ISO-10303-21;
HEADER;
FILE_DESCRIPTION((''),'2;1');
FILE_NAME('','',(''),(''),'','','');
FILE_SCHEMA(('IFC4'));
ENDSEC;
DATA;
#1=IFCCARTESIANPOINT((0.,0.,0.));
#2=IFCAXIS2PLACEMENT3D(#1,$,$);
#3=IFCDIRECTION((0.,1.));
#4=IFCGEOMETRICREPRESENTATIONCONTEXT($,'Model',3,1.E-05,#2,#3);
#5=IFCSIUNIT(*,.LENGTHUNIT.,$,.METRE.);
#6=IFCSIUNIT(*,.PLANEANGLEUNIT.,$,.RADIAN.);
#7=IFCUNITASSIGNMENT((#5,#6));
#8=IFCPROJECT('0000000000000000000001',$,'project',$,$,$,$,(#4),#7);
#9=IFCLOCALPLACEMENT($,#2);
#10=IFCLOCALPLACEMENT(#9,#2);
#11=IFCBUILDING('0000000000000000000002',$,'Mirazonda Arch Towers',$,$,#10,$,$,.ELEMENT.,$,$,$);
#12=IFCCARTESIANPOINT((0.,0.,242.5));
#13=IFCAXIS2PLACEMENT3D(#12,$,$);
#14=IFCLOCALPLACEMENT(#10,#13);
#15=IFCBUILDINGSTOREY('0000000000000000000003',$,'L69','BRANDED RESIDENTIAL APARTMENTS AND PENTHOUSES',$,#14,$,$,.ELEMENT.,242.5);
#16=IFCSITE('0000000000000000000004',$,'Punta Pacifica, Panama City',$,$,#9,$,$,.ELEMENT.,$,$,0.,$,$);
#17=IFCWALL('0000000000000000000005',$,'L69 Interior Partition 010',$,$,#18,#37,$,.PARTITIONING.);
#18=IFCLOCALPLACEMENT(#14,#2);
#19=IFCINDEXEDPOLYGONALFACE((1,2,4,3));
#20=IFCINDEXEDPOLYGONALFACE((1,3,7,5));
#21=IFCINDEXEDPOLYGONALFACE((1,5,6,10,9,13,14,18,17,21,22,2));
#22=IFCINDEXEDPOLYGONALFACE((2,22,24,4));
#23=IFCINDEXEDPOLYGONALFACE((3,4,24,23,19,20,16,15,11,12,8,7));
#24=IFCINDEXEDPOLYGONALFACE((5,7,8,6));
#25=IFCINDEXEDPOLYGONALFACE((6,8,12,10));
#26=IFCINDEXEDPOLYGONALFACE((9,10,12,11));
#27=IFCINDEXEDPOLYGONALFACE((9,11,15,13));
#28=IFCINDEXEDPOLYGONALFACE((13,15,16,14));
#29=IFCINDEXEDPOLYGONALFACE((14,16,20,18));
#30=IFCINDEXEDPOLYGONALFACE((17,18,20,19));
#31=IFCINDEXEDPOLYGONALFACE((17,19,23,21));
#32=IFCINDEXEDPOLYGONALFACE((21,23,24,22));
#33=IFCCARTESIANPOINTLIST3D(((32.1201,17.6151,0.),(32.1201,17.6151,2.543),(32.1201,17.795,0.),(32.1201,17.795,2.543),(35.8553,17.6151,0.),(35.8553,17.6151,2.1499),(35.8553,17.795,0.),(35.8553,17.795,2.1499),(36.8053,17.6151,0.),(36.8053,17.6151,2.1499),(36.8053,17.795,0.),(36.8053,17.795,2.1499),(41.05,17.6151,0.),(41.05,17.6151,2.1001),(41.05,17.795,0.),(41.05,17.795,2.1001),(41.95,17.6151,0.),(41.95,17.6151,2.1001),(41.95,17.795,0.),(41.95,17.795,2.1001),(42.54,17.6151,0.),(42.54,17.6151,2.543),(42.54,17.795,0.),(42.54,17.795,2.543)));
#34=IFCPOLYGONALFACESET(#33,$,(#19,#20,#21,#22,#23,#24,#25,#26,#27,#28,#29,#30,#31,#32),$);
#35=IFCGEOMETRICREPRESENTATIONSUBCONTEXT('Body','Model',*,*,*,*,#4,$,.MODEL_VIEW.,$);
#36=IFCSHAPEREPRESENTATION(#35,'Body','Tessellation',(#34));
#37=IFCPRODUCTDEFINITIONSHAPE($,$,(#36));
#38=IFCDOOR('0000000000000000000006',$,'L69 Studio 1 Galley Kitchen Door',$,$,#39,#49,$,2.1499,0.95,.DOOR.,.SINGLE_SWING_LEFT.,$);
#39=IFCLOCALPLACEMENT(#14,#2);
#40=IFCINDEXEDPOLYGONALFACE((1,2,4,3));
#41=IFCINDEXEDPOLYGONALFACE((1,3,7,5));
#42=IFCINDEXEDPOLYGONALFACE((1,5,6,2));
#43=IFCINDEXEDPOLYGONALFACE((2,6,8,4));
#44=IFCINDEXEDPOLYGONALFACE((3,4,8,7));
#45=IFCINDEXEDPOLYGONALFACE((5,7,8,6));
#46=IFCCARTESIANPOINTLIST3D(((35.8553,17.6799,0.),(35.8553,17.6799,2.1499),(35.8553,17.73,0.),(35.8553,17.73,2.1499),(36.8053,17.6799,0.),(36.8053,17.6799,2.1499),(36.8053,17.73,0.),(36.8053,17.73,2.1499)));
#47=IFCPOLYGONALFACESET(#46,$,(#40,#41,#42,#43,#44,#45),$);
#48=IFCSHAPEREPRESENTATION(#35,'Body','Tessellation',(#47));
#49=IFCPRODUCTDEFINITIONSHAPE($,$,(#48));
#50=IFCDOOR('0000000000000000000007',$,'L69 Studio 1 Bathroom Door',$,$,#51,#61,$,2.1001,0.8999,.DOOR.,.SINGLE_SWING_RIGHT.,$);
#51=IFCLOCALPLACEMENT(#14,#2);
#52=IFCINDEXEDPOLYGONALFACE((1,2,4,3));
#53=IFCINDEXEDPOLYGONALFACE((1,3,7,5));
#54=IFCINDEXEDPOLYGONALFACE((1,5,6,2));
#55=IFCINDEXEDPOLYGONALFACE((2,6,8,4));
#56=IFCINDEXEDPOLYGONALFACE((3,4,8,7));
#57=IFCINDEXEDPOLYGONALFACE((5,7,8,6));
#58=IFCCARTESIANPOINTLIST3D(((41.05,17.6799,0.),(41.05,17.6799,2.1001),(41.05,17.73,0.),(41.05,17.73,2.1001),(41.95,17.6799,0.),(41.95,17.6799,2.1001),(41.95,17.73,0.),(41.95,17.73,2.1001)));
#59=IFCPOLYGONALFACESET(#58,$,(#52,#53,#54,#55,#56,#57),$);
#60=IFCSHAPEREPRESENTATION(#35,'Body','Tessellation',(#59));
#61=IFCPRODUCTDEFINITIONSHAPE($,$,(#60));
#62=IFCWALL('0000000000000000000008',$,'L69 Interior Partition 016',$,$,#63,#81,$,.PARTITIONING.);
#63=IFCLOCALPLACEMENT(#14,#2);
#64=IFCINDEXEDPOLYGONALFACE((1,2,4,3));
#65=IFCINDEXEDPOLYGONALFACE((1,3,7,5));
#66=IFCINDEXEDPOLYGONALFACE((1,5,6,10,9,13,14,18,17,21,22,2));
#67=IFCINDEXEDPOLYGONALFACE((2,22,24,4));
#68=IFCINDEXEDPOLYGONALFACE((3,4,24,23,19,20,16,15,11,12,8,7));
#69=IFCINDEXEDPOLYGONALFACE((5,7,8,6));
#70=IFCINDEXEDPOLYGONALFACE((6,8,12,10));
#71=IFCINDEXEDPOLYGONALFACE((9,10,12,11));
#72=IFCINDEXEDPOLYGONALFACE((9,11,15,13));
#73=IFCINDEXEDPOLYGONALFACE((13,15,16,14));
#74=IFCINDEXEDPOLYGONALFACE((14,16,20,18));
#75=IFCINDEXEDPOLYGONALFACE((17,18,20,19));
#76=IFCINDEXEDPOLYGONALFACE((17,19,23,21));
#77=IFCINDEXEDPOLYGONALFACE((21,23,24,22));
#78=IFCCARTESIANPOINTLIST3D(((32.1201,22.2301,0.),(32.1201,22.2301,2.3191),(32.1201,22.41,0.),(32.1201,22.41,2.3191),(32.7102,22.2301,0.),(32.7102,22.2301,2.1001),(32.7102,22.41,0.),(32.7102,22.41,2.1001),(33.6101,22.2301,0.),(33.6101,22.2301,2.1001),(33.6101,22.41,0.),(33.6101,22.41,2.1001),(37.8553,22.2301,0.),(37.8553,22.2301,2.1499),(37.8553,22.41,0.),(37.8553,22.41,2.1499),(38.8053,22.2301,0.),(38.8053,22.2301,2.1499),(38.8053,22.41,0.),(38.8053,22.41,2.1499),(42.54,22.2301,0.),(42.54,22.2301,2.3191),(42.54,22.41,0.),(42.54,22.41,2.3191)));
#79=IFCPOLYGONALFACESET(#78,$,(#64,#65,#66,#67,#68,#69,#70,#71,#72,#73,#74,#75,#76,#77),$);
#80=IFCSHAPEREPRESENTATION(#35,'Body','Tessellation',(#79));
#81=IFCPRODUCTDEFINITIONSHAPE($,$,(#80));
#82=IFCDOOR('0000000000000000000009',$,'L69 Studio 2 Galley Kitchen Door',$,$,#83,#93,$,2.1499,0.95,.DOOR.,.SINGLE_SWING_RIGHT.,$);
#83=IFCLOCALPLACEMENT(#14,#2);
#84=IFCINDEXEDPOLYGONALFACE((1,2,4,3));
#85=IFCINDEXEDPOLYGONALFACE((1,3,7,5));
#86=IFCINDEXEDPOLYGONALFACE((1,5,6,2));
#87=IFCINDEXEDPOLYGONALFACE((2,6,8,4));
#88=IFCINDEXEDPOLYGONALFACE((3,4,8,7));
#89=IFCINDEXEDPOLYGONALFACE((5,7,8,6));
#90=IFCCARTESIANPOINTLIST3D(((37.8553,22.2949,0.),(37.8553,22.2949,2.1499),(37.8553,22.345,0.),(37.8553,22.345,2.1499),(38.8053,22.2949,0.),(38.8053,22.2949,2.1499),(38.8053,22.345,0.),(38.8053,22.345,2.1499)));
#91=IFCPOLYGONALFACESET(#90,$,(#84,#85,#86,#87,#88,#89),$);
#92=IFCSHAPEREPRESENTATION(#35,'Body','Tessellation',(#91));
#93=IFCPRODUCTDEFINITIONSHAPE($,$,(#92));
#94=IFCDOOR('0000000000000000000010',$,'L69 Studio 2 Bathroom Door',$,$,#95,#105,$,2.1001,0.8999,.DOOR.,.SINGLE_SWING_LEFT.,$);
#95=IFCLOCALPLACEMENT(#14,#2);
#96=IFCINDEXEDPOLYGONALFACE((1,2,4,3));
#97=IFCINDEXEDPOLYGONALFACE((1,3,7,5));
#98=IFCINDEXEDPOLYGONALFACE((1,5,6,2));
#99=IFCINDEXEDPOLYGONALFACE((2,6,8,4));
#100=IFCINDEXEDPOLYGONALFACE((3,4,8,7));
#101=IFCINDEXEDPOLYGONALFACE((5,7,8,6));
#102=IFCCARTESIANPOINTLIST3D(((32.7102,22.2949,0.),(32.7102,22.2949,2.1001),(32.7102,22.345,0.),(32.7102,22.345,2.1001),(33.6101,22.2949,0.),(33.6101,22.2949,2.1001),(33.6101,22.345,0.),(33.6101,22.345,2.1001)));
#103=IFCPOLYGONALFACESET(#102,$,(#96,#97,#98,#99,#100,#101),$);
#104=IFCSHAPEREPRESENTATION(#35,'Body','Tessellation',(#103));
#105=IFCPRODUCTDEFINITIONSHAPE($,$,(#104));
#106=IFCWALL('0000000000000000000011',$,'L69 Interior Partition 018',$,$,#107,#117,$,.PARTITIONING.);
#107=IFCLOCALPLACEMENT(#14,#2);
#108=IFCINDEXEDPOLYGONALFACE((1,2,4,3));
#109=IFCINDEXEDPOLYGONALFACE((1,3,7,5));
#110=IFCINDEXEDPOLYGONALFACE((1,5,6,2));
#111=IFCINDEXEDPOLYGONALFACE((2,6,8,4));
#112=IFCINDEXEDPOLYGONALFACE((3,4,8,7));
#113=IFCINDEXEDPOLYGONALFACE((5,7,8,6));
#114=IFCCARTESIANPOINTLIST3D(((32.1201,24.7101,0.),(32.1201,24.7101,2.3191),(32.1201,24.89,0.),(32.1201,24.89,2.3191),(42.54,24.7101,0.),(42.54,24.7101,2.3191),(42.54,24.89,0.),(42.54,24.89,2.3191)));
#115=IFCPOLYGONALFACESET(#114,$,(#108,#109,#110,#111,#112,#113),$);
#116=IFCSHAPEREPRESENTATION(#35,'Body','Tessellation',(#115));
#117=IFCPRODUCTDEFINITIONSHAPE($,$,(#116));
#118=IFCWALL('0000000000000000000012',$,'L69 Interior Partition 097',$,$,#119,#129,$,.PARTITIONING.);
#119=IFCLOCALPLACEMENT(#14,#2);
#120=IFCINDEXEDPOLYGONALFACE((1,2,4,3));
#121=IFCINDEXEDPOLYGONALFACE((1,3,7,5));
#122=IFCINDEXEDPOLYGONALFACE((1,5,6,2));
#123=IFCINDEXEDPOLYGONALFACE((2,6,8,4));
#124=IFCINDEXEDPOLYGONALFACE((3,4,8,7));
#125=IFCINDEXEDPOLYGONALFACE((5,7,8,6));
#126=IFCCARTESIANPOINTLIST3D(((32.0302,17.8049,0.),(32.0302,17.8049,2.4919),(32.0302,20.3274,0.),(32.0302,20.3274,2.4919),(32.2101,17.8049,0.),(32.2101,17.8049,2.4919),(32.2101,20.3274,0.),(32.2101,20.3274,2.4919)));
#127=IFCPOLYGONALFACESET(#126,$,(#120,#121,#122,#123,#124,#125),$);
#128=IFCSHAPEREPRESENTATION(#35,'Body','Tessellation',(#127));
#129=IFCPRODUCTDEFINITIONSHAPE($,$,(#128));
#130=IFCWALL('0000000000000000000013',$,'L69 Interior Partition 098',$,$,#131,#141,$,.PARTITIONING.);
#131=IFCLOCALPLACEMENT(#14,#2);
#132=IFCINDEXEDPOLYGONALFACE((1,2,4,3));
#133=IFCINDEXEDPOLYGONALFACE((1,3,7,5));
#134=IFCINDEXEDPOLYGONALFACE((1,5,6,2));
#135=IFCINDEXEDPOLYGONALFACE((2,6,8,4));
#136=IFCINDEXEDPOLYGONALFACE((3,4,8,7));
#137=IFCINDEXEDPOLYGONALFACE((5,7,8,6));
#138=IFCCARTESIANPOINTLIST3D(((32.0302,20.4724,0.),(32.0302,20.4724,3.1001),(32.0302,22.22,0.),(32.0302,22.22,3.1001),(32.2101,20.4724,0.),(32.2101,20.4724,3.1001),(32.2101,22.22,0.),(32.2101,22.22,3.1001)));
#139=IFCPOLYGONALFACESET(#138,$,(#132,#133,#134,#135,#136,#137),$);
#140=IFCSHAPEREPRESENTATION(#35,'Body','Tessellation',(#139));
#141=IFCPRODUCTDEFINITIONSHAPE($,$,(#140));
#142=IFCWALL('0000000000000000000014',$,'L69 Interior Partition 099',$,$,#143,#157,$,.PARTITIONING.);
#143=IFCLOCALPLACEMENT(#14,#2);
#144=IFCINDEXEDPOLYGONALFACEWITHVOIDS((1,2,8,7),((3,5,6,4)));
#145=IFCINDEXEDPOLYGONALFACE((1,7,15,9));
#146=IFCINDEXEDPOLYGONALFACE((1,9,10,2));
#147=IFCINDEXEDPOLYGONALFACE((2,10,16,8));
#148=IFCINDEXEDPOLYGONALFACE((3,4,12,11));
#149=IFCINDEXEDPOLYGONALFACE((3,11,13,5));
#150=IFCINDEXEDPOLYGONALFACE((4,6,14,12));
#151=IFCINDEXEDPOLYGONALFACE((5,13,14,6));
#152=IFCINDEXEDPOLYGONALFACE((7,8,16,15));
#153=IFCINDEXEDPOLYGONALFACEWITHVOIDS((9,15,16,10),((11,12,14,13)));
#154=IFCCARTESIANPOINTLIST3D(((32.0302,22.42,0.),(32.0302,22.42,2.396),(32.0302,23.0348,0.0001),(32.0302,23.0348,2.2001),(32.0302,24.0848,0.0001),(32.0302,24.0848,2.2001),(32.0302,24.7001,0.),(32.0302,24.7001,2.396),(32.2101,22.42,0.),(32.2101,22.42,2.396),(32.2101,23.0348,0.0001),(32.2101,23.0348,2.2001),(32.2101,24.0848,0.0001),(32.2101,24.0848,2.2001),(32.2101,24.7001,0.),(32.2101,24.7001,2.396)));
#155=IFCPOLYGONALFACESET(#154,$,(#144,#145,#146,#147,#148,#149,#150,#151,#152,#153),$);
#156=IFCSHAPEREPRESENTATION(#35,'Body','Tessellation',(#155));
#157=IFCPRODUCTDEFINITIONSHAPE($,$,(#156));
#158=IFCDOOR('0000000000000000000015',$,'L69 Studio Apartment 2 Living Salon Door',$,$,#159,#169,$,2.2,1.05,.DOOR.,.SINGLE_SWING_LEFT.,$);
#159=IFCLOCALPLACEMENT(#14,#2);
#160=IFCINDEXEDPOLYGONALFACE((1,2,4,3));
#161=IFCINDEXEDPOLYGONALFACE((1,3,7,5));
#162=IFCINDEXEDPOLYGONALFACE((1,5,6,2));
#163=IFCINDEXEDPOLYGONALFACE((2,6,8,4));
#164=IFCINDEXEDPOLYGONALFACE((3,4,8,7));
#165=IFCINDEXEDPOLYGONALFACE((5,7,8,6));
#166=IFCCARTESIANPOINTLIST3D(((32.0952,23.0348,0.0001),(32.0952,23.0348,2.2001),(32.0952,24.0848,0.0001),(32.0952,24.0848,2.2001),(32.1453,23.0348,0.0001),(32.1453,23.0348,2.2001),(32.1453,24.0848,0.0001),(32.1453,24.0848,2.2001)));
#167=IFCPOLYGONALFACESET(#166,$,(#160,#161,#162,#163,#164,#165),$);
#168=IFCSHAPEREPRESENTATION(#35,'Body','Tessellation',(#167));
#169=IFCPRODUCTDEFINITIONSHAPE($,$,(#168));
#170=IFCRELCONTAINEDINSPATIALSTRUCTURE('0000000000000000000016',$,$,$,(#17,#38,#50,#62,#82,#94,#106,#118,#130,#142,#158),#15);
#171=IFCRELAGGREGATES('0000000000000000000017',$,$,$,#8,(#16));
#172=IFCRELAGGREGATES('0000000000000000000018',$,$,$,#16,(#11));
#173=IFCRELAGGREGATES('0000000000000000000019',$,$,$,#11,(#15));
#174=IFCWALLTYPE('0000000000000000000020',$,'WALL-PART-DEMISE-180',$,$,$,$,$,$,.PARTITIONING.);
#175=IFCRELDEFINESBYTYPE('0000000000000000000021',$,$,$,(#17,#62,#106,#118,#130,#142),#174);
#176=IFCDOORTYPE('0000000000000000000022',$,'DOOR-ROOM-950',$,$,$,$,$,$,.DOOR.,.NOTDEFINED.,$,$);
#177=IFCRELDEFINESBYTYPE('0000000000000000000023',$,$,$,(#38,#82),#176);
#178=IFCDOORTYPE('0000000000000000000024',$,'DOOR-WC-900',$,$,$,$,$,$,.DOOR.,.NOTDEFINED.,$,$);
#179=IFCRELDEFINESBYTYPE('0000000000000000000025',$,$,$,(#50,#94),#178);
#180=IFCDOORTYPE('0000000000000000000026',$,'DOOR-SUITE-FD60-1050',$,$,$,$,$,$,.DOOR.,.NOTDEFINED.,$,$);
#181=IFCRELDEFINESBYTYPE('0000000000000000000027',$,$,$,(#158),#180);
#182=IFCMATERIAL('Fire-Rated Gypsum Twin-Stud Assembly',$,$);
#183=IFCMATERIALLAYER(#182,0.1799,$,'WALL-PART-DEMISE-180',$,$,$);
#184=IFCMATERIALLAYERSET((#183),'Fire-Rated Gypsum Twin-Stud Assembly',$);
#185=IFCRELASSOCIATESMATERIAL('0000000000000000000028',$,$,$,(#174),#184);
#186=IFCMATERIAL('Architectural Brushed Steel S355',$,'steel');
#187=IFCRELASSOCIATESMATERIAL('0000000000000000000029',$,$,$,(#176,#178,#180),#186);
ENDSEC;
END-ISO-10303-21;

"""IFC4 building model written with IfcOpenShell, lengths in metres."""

from ifc_helpers import new_model, si_unit, direction, frame, frame_2d, origin, place, context, subcontext, project, spatial, rectangle, extrude, material, layer, layer_set, type_object, element, fill, save


model = new_model("IFC4")

# Units and contexts
model_context = context("Model", 3, precision=1e-05, world=origin(), true_north=direction((0.0, 1.0)))
body_context = subcontext(model_context, "Body", "Model", "MODEL_VIEW")
ifc_project = project(units=[si_unit("LENGTHUNIT", "METRE"), si_unit("PLANEANGLEUNIT", "RADIAN")], contexts=[model_context])

# Site, building, storey
site_placement = place(None, origin())
site = spatial("IfcSite", under=ifc_project, at=site_placement, Name="Punta Pacifica, Panama City", CompositionType="ELEMENT", RefElevation=0.0)
building_placement = place(site_placement, origin())
building = spatial("IfcBuilding", under=site, at=building_placement, Name="Mirazonda Arch Towers", CompositionType="ELEMENT")
storey_placement = place(building_placement, frame((0.0, 0.0, 242.5)))
storey = spatial("IfcBuildingStorey", under=building, at=storey_placement, Name="L69", Description="BRANDED RESIDENTIAL APARTMENTS AND PENTHOUSES", CompositionType="ELEMENT", Elevation=242.5)

# Walls, openings, doors
ifc_material_1 = material(Name="Fire-Rated Gypsum Twin-Stud Assembly")
ifc_layer_1 = layer(ifc_material_1, 0.1799, Name="WALL-PART-DEMISE-180")
ifc_layer_set_1 = layer_set([ifc_layer_1], Name="Fire-Rated Gypsum Twin-Stud Assembly")
wall_type_1 = type_object("IfcWallType", Name="WALL-PART-DEMISE-180", PredefinedType="PARTITIONING", material=ifc_layer_set_1)
wall_1_placement = place(storey_placement, frame((32.1201, 17.7051, 0.0), z_axis=(0.0, 0.0, 1.0), x_axis=(1.0, 0.0, 0.0)))
wall_1 = element("IfcWall", 1, at=wall_1_placement, inside=storey, type_object=wall_type_1, Name="L69 Interior Partition 010", PredefinedType="PARTITIONING", context=body_context, shape_type="SweptSolid", body=[
    extrude(rectangle(XDim=10.4199, YDim=0.1799, at=frame_2d((5.21, 0.0))), origin(), (0.0, 0.0, 1.0), 2.543),
])
opening_1_placement = place(wall_1_placement, frame((3.7351, 0.0, 0.0)))
opening_1 = element("IfcOpeningElement", 2, at=opening_1_placement, cuts=wall_1, PredefinedType="OPENING", context=body_context, shape_type="SweptSolid", body=[
    extrude(rectangle(XDim=0.95, YDim=2.1499, at=frame_2d((0.4751, 1.075))), frame((0.0, 0.0999, 0.0), z_axis=(0.0, -1.0, 0.0), x_axis=(1.0, 0.0, 0.0)), (0.0, 0.0, 1.0), 0.2),
])
opening_2_placement = place(wall_1_placement, frame((8.9299, 0.0, 0.0)))
opening_2 = element("IfcOpeningElement", 3, at=opening_2_placement, cuts=wall_1, PredefinedType="OPENING", context=body_context, shape_type="SweptSolid", body=[
    extrude(rectangle(XDim=0.8999, YDim=2.1001, at=frame_2d((0.45, 1.05))), frame((0.0, 0.0999, 0.0), z_axis=(0.0, -1.0, 0.0), x_axis=(1.0, 0.0, 0.0)), (0.0, 0.0, 1.0), 0.2),
])
ifc_material_2 = material(Name="Architectural Brushed Steel S355", Category="steel")
door_type_1 = type_object("IfcDoorType", Name="DOOR-ROOM-950", OperationType="NOTDEFINED", PredefinedType="DOOR", material=ifc_material_2)
door_1_placement = place(opening_1_placement, origin())
door_1 = element("IfcDoor", 4, at=door_1_placement, inside=storey, type_object=door_type_1, Name="L69 Studio 1 Galley Kitchen Door", OperationType="SINGLE_SWING_LEFT", OverallHeight=2.1499, OverallWidth=0.95, PredefinedType="DOOR", context=body_context, shape_type="SweptSolid", body=[
    extrude(rectangle(XDim=0.95, YDim=2.1499, at=frame_2d((0.4751, 1.075))), frame((0.0, 0.0249, 0.0), z_axis=(0.0, -1.0, 0.0), x_axis=(1.0, 0.0, 0.0)), (0.0, 0.0, 1.0), 0.05),
])
fill(opening_1, door_1)
door_type_2 = type_object("IfcDoorType", Name="DOOR-WC-900", OperationType="NOTDEFINED", PredefinedType="DOOR", material=ifc_material_2)
door_2_placement = place(opening_2_placement, origin())
door_2 = element("IfcDoor", 5, at=door_2_placement, inside=storey, type_object=door_type_2, Name="L69 Studio 1 Bathroom Door", OperationType="SINGLE_SWING_RIGHT", OverallHeight=2.1001, OverallWidth=0.8999, PredefinedType="DOOR", context=body_context, shape_type="SweptSolid", body=[
    extrude(rectangle(XDim=0.8999, YDim=2.1001, at=frame_2d((0.45, 1.05))), frame((0.0, 0.0249, 0.0), z_axis=(0.0, -1.0, 0.0), x_axis=(1.0, 0.0, 0.0)), (0.0, 0.0, 1.0), 0.05),
])
fill(opening_2, door_2)
wall_2_placement = place(storey_placement, frame((32.1201, 22.3201, 0.0), z_axis=(0.0, 0.0, 1.0), x_axis=(1.0, 0.0, 0.0)))
wall_2 = element("IfcWall", 6, at=wall_2_placement, inside=storey, type_object=wall_type_1, Name="L69 Interior Partition 016", PredefinedType="PARTITIONING", context=body_context, shape_type="SweptSolid", body=[
    extrude(rectangle(XDim=10.4199, YDim=0.1799, at=frame_2d((5.21, 0.0))), origin(), (0.0, 0.0, 1.0), 2.3191),
])
opening_3_placement = place(wall_2_placement, frame((5.7351, 0.0, 0.0)))
opening_3 = element("IfcOpeningElement", 7, at=opening_3_placement, cuts=wall_2, PredefinedType="OPENING", context=body_context, shape_type="SweptSolid", body=[
    extrude(rectangle(XDim=0.95, YDim=2.1499, at=frame_2d((0.4751, 1.075))), frame((0.0, 0.0999, 0.0), z_axis=(0.0, -1.0, 0.0), x_axis=(1.0, 0.0, 0.0)), (0.0, 0.0, 1.0), 0.2),
])
opening_4_placement = place(wall_2_placement, frame((0.5901, 0.0, 0.0)))
opening_4 = element("IfcOpeningElement", 8, at=opening_4_placement, cuts=wall_2, PredefinedType="OPENING", context=body_context, shape_type="SweptSolid", body=[
    extrude(rectangle(XDim=0.8999, YDim=2.1001, at=frame_2d((0.45, 1.05))), frame((0.0, 0.0999, 0.0), z_axis=(0.0, -1.0, 0.0), x_axis=(1.0, 0.0, 0.0)), (0.0, 0.0, 1.0), 0.2),
])
door_3_placement = place(opening_3_placement, origin())
door_3 = element("IfcDoor", 9, at=door_3_placement, inside=storey, type_object=door_type_1, Name="L69 Studio 2 Galley Kitchen Door", OperationType="SINGLE_SWING_RIGHT", OverallHeight=2.1499, OverallWidth=0.95, PredefinedType="DOOR", context=body_context, shape_type="SweptSolid", body=[
    extrude(rectangle(XDim=0.95, YDim=2.1499, at=frame_2d((0.4751, 1.075))), frame((0.0, 0.0249, 0.0), z_axis=(0.0, -1.0, 0.0), x_axis=(1.0, 0.0, 0.0)), (0.0, 0.0, 1.0), 0.05),
])
fill(opening_3, door_3)
door_4_placement = place(opening_4_placement, origin())
door_4 = element("IfcDoor", 10, at=door_4_placement, inside=storey, type_object=door_type_2, Name="L69 Studio 2 Bathroom Door", OperationType="SINGLE_SWING_LEFT", OverallHeight=2.1001, OverallWidth=0.8999, PredefinedType="DOOR", context=body_context, shape_type="SweptSolid", body=[
    extrude(rectangle(XDim=0.8999, YDim=2.1001, at=frame_2d((0.45, 1.05))), frame((0.0, 0.0249, 0.0), z_axis=(0.0, -1.0, 0.0), x_axis=(1.0, 0.0, 0.0)), (0.0, 0.0, 1.0), 0.05),
])
fill(opening_4, door_4)

# Walls
wall_3_placement = place(storey_placement, frame((32.1201, 24.8, 0.0), z_axis=(0.0, 0.0, 1.0), x_axis=(1.0, 0.0, 0.0)))
element("IfcWall", 11, at=wall_3_placement, inside=storey, type_object=wall_type_1, Name="L69 Interior Partition 018", PredefinedType="PARTITIONING", context=body_context, shape_type="SweptSolid", body=[
    extrude(rectangle(XDim=10.4199, YDim=0.1799, at=frame_2d((5.21, 0.0))), origin(), (0.0, 0.0, 1.0), 2.3191),
])
wall_4_placement = place(storey_placement, frame((32.1201, 17.8049, 0.0), z_axis=(0.0, 0.0, 1.0), x_axis=(0.0, 1.0, 0.0)))
element("IfcWall", 12, at=wall_4_placement, inside=storey, type_object=wall_type_1, Name="L69 Interior Partition 097", PredefinedType="PARTITIONING", context=body_context, shape_type="SweptSolid", body=[
    extrude(rectangle(XDim=2.5225, YDim=0.1799, at=frame_2d((1.2612, 0.0))), origin(), (0.0, 0.0, 1.0), 2.4919),
])
wall_5_placement = place(storey_placement, frame((32.1201, 20.4724, 0.0), z_axis=(0.0, 0.0, 1.0), x_axis=(0.0, 1.0, 0.0)))
element("IfcWall", 13, at=wall_5_placement, inside=storey, type_object=wall_type_1, Name="L69 Interior Partition 098", PredefinedType="PARTITIONING", context=body_context, shape_type="SweptSolid", body=[
    extrude(rectangle(XDim=1.7476, YDim=0.1799, at=frame_2d((0.8738, 0.0))), origin(), (0.0, 0.0, 1.0), 3.1001),
])

# Wall, opening, door
wall_6_placement = place(storey_placement, frame((32.1201, 22.4199, 0.0), z_axis=(0.0, 0.0, 1.0), x_axis=(0.0, 1.0, 0.0)))
wall_6 = element("IfcWall", 14, at=wall_6_placement, inside=storey, type_object=wall_type_1, Name="L69 Interior Partition 099", PredefinedType="PARTITIONING", context=body_context, shape_type="SweptSolid", body=[
    extrude(rectangle(XDim=2.28, YDim=0.1799, at=frame_2d((1.1401, 0.0))), origin(), (0.0, 0.0, 1.0), 2.396),
])
opening_5_placement = place(wall_6_placement, frame((0.615, 0.0, 0.0)))
opening_5 = element("IfcOpeningElement", 15, at=opening_5_placement, cuts=wall_6, PredefinedType="OPENING", context=body_context, shape_type="SweptSolid", body=[
    extrude(rectangle(XDim=1.05, YDim=2.2, at=frame_2d((0.5249, 1.1001))), frame((0.0, 0.0999, 0.0), z_axis=(0.0, -1.0, 0.0), x_axis=(1.0, 0.0, 0.0)), (0.0, 0.0, 1.0), 0.2),
])
door_type_3 = type_object("IfcDoorType", Name="DOOR-SUITE-FD60-1050", OperationType="NOTDEFINED", PredefinedType="DOOR", material=ifc_material_2)
door_5_placement = place(opening_5_placement, origin())
door_5 = element("IfcDoor", 16, at=door_5_placement, inside=storey, type_object=door_type_3, Name="L69 Studio Apartment 2 Living Salon Door", OperationType="SINGLE_SWING_LEFT", OverallHeight=2.2, OverallWidth=1.05, PredefinedType="DOOR", context=body_context, shape_type="SweptSolid", body=[
    extrude(rectangle(XDim=1.05, YDim=2.2, at=frame_2d((0.5249, 1.1001))), frame((0.0, 0.0249, 0.0), z_axis=(0.0, -1.0, 0.0), x_axis=(1.0, 0.0, 0.0)), (0.0, 0.0, 1.0), 0.05),
])
fill(opening_5, door_5)

save(model, "model.ifc")
